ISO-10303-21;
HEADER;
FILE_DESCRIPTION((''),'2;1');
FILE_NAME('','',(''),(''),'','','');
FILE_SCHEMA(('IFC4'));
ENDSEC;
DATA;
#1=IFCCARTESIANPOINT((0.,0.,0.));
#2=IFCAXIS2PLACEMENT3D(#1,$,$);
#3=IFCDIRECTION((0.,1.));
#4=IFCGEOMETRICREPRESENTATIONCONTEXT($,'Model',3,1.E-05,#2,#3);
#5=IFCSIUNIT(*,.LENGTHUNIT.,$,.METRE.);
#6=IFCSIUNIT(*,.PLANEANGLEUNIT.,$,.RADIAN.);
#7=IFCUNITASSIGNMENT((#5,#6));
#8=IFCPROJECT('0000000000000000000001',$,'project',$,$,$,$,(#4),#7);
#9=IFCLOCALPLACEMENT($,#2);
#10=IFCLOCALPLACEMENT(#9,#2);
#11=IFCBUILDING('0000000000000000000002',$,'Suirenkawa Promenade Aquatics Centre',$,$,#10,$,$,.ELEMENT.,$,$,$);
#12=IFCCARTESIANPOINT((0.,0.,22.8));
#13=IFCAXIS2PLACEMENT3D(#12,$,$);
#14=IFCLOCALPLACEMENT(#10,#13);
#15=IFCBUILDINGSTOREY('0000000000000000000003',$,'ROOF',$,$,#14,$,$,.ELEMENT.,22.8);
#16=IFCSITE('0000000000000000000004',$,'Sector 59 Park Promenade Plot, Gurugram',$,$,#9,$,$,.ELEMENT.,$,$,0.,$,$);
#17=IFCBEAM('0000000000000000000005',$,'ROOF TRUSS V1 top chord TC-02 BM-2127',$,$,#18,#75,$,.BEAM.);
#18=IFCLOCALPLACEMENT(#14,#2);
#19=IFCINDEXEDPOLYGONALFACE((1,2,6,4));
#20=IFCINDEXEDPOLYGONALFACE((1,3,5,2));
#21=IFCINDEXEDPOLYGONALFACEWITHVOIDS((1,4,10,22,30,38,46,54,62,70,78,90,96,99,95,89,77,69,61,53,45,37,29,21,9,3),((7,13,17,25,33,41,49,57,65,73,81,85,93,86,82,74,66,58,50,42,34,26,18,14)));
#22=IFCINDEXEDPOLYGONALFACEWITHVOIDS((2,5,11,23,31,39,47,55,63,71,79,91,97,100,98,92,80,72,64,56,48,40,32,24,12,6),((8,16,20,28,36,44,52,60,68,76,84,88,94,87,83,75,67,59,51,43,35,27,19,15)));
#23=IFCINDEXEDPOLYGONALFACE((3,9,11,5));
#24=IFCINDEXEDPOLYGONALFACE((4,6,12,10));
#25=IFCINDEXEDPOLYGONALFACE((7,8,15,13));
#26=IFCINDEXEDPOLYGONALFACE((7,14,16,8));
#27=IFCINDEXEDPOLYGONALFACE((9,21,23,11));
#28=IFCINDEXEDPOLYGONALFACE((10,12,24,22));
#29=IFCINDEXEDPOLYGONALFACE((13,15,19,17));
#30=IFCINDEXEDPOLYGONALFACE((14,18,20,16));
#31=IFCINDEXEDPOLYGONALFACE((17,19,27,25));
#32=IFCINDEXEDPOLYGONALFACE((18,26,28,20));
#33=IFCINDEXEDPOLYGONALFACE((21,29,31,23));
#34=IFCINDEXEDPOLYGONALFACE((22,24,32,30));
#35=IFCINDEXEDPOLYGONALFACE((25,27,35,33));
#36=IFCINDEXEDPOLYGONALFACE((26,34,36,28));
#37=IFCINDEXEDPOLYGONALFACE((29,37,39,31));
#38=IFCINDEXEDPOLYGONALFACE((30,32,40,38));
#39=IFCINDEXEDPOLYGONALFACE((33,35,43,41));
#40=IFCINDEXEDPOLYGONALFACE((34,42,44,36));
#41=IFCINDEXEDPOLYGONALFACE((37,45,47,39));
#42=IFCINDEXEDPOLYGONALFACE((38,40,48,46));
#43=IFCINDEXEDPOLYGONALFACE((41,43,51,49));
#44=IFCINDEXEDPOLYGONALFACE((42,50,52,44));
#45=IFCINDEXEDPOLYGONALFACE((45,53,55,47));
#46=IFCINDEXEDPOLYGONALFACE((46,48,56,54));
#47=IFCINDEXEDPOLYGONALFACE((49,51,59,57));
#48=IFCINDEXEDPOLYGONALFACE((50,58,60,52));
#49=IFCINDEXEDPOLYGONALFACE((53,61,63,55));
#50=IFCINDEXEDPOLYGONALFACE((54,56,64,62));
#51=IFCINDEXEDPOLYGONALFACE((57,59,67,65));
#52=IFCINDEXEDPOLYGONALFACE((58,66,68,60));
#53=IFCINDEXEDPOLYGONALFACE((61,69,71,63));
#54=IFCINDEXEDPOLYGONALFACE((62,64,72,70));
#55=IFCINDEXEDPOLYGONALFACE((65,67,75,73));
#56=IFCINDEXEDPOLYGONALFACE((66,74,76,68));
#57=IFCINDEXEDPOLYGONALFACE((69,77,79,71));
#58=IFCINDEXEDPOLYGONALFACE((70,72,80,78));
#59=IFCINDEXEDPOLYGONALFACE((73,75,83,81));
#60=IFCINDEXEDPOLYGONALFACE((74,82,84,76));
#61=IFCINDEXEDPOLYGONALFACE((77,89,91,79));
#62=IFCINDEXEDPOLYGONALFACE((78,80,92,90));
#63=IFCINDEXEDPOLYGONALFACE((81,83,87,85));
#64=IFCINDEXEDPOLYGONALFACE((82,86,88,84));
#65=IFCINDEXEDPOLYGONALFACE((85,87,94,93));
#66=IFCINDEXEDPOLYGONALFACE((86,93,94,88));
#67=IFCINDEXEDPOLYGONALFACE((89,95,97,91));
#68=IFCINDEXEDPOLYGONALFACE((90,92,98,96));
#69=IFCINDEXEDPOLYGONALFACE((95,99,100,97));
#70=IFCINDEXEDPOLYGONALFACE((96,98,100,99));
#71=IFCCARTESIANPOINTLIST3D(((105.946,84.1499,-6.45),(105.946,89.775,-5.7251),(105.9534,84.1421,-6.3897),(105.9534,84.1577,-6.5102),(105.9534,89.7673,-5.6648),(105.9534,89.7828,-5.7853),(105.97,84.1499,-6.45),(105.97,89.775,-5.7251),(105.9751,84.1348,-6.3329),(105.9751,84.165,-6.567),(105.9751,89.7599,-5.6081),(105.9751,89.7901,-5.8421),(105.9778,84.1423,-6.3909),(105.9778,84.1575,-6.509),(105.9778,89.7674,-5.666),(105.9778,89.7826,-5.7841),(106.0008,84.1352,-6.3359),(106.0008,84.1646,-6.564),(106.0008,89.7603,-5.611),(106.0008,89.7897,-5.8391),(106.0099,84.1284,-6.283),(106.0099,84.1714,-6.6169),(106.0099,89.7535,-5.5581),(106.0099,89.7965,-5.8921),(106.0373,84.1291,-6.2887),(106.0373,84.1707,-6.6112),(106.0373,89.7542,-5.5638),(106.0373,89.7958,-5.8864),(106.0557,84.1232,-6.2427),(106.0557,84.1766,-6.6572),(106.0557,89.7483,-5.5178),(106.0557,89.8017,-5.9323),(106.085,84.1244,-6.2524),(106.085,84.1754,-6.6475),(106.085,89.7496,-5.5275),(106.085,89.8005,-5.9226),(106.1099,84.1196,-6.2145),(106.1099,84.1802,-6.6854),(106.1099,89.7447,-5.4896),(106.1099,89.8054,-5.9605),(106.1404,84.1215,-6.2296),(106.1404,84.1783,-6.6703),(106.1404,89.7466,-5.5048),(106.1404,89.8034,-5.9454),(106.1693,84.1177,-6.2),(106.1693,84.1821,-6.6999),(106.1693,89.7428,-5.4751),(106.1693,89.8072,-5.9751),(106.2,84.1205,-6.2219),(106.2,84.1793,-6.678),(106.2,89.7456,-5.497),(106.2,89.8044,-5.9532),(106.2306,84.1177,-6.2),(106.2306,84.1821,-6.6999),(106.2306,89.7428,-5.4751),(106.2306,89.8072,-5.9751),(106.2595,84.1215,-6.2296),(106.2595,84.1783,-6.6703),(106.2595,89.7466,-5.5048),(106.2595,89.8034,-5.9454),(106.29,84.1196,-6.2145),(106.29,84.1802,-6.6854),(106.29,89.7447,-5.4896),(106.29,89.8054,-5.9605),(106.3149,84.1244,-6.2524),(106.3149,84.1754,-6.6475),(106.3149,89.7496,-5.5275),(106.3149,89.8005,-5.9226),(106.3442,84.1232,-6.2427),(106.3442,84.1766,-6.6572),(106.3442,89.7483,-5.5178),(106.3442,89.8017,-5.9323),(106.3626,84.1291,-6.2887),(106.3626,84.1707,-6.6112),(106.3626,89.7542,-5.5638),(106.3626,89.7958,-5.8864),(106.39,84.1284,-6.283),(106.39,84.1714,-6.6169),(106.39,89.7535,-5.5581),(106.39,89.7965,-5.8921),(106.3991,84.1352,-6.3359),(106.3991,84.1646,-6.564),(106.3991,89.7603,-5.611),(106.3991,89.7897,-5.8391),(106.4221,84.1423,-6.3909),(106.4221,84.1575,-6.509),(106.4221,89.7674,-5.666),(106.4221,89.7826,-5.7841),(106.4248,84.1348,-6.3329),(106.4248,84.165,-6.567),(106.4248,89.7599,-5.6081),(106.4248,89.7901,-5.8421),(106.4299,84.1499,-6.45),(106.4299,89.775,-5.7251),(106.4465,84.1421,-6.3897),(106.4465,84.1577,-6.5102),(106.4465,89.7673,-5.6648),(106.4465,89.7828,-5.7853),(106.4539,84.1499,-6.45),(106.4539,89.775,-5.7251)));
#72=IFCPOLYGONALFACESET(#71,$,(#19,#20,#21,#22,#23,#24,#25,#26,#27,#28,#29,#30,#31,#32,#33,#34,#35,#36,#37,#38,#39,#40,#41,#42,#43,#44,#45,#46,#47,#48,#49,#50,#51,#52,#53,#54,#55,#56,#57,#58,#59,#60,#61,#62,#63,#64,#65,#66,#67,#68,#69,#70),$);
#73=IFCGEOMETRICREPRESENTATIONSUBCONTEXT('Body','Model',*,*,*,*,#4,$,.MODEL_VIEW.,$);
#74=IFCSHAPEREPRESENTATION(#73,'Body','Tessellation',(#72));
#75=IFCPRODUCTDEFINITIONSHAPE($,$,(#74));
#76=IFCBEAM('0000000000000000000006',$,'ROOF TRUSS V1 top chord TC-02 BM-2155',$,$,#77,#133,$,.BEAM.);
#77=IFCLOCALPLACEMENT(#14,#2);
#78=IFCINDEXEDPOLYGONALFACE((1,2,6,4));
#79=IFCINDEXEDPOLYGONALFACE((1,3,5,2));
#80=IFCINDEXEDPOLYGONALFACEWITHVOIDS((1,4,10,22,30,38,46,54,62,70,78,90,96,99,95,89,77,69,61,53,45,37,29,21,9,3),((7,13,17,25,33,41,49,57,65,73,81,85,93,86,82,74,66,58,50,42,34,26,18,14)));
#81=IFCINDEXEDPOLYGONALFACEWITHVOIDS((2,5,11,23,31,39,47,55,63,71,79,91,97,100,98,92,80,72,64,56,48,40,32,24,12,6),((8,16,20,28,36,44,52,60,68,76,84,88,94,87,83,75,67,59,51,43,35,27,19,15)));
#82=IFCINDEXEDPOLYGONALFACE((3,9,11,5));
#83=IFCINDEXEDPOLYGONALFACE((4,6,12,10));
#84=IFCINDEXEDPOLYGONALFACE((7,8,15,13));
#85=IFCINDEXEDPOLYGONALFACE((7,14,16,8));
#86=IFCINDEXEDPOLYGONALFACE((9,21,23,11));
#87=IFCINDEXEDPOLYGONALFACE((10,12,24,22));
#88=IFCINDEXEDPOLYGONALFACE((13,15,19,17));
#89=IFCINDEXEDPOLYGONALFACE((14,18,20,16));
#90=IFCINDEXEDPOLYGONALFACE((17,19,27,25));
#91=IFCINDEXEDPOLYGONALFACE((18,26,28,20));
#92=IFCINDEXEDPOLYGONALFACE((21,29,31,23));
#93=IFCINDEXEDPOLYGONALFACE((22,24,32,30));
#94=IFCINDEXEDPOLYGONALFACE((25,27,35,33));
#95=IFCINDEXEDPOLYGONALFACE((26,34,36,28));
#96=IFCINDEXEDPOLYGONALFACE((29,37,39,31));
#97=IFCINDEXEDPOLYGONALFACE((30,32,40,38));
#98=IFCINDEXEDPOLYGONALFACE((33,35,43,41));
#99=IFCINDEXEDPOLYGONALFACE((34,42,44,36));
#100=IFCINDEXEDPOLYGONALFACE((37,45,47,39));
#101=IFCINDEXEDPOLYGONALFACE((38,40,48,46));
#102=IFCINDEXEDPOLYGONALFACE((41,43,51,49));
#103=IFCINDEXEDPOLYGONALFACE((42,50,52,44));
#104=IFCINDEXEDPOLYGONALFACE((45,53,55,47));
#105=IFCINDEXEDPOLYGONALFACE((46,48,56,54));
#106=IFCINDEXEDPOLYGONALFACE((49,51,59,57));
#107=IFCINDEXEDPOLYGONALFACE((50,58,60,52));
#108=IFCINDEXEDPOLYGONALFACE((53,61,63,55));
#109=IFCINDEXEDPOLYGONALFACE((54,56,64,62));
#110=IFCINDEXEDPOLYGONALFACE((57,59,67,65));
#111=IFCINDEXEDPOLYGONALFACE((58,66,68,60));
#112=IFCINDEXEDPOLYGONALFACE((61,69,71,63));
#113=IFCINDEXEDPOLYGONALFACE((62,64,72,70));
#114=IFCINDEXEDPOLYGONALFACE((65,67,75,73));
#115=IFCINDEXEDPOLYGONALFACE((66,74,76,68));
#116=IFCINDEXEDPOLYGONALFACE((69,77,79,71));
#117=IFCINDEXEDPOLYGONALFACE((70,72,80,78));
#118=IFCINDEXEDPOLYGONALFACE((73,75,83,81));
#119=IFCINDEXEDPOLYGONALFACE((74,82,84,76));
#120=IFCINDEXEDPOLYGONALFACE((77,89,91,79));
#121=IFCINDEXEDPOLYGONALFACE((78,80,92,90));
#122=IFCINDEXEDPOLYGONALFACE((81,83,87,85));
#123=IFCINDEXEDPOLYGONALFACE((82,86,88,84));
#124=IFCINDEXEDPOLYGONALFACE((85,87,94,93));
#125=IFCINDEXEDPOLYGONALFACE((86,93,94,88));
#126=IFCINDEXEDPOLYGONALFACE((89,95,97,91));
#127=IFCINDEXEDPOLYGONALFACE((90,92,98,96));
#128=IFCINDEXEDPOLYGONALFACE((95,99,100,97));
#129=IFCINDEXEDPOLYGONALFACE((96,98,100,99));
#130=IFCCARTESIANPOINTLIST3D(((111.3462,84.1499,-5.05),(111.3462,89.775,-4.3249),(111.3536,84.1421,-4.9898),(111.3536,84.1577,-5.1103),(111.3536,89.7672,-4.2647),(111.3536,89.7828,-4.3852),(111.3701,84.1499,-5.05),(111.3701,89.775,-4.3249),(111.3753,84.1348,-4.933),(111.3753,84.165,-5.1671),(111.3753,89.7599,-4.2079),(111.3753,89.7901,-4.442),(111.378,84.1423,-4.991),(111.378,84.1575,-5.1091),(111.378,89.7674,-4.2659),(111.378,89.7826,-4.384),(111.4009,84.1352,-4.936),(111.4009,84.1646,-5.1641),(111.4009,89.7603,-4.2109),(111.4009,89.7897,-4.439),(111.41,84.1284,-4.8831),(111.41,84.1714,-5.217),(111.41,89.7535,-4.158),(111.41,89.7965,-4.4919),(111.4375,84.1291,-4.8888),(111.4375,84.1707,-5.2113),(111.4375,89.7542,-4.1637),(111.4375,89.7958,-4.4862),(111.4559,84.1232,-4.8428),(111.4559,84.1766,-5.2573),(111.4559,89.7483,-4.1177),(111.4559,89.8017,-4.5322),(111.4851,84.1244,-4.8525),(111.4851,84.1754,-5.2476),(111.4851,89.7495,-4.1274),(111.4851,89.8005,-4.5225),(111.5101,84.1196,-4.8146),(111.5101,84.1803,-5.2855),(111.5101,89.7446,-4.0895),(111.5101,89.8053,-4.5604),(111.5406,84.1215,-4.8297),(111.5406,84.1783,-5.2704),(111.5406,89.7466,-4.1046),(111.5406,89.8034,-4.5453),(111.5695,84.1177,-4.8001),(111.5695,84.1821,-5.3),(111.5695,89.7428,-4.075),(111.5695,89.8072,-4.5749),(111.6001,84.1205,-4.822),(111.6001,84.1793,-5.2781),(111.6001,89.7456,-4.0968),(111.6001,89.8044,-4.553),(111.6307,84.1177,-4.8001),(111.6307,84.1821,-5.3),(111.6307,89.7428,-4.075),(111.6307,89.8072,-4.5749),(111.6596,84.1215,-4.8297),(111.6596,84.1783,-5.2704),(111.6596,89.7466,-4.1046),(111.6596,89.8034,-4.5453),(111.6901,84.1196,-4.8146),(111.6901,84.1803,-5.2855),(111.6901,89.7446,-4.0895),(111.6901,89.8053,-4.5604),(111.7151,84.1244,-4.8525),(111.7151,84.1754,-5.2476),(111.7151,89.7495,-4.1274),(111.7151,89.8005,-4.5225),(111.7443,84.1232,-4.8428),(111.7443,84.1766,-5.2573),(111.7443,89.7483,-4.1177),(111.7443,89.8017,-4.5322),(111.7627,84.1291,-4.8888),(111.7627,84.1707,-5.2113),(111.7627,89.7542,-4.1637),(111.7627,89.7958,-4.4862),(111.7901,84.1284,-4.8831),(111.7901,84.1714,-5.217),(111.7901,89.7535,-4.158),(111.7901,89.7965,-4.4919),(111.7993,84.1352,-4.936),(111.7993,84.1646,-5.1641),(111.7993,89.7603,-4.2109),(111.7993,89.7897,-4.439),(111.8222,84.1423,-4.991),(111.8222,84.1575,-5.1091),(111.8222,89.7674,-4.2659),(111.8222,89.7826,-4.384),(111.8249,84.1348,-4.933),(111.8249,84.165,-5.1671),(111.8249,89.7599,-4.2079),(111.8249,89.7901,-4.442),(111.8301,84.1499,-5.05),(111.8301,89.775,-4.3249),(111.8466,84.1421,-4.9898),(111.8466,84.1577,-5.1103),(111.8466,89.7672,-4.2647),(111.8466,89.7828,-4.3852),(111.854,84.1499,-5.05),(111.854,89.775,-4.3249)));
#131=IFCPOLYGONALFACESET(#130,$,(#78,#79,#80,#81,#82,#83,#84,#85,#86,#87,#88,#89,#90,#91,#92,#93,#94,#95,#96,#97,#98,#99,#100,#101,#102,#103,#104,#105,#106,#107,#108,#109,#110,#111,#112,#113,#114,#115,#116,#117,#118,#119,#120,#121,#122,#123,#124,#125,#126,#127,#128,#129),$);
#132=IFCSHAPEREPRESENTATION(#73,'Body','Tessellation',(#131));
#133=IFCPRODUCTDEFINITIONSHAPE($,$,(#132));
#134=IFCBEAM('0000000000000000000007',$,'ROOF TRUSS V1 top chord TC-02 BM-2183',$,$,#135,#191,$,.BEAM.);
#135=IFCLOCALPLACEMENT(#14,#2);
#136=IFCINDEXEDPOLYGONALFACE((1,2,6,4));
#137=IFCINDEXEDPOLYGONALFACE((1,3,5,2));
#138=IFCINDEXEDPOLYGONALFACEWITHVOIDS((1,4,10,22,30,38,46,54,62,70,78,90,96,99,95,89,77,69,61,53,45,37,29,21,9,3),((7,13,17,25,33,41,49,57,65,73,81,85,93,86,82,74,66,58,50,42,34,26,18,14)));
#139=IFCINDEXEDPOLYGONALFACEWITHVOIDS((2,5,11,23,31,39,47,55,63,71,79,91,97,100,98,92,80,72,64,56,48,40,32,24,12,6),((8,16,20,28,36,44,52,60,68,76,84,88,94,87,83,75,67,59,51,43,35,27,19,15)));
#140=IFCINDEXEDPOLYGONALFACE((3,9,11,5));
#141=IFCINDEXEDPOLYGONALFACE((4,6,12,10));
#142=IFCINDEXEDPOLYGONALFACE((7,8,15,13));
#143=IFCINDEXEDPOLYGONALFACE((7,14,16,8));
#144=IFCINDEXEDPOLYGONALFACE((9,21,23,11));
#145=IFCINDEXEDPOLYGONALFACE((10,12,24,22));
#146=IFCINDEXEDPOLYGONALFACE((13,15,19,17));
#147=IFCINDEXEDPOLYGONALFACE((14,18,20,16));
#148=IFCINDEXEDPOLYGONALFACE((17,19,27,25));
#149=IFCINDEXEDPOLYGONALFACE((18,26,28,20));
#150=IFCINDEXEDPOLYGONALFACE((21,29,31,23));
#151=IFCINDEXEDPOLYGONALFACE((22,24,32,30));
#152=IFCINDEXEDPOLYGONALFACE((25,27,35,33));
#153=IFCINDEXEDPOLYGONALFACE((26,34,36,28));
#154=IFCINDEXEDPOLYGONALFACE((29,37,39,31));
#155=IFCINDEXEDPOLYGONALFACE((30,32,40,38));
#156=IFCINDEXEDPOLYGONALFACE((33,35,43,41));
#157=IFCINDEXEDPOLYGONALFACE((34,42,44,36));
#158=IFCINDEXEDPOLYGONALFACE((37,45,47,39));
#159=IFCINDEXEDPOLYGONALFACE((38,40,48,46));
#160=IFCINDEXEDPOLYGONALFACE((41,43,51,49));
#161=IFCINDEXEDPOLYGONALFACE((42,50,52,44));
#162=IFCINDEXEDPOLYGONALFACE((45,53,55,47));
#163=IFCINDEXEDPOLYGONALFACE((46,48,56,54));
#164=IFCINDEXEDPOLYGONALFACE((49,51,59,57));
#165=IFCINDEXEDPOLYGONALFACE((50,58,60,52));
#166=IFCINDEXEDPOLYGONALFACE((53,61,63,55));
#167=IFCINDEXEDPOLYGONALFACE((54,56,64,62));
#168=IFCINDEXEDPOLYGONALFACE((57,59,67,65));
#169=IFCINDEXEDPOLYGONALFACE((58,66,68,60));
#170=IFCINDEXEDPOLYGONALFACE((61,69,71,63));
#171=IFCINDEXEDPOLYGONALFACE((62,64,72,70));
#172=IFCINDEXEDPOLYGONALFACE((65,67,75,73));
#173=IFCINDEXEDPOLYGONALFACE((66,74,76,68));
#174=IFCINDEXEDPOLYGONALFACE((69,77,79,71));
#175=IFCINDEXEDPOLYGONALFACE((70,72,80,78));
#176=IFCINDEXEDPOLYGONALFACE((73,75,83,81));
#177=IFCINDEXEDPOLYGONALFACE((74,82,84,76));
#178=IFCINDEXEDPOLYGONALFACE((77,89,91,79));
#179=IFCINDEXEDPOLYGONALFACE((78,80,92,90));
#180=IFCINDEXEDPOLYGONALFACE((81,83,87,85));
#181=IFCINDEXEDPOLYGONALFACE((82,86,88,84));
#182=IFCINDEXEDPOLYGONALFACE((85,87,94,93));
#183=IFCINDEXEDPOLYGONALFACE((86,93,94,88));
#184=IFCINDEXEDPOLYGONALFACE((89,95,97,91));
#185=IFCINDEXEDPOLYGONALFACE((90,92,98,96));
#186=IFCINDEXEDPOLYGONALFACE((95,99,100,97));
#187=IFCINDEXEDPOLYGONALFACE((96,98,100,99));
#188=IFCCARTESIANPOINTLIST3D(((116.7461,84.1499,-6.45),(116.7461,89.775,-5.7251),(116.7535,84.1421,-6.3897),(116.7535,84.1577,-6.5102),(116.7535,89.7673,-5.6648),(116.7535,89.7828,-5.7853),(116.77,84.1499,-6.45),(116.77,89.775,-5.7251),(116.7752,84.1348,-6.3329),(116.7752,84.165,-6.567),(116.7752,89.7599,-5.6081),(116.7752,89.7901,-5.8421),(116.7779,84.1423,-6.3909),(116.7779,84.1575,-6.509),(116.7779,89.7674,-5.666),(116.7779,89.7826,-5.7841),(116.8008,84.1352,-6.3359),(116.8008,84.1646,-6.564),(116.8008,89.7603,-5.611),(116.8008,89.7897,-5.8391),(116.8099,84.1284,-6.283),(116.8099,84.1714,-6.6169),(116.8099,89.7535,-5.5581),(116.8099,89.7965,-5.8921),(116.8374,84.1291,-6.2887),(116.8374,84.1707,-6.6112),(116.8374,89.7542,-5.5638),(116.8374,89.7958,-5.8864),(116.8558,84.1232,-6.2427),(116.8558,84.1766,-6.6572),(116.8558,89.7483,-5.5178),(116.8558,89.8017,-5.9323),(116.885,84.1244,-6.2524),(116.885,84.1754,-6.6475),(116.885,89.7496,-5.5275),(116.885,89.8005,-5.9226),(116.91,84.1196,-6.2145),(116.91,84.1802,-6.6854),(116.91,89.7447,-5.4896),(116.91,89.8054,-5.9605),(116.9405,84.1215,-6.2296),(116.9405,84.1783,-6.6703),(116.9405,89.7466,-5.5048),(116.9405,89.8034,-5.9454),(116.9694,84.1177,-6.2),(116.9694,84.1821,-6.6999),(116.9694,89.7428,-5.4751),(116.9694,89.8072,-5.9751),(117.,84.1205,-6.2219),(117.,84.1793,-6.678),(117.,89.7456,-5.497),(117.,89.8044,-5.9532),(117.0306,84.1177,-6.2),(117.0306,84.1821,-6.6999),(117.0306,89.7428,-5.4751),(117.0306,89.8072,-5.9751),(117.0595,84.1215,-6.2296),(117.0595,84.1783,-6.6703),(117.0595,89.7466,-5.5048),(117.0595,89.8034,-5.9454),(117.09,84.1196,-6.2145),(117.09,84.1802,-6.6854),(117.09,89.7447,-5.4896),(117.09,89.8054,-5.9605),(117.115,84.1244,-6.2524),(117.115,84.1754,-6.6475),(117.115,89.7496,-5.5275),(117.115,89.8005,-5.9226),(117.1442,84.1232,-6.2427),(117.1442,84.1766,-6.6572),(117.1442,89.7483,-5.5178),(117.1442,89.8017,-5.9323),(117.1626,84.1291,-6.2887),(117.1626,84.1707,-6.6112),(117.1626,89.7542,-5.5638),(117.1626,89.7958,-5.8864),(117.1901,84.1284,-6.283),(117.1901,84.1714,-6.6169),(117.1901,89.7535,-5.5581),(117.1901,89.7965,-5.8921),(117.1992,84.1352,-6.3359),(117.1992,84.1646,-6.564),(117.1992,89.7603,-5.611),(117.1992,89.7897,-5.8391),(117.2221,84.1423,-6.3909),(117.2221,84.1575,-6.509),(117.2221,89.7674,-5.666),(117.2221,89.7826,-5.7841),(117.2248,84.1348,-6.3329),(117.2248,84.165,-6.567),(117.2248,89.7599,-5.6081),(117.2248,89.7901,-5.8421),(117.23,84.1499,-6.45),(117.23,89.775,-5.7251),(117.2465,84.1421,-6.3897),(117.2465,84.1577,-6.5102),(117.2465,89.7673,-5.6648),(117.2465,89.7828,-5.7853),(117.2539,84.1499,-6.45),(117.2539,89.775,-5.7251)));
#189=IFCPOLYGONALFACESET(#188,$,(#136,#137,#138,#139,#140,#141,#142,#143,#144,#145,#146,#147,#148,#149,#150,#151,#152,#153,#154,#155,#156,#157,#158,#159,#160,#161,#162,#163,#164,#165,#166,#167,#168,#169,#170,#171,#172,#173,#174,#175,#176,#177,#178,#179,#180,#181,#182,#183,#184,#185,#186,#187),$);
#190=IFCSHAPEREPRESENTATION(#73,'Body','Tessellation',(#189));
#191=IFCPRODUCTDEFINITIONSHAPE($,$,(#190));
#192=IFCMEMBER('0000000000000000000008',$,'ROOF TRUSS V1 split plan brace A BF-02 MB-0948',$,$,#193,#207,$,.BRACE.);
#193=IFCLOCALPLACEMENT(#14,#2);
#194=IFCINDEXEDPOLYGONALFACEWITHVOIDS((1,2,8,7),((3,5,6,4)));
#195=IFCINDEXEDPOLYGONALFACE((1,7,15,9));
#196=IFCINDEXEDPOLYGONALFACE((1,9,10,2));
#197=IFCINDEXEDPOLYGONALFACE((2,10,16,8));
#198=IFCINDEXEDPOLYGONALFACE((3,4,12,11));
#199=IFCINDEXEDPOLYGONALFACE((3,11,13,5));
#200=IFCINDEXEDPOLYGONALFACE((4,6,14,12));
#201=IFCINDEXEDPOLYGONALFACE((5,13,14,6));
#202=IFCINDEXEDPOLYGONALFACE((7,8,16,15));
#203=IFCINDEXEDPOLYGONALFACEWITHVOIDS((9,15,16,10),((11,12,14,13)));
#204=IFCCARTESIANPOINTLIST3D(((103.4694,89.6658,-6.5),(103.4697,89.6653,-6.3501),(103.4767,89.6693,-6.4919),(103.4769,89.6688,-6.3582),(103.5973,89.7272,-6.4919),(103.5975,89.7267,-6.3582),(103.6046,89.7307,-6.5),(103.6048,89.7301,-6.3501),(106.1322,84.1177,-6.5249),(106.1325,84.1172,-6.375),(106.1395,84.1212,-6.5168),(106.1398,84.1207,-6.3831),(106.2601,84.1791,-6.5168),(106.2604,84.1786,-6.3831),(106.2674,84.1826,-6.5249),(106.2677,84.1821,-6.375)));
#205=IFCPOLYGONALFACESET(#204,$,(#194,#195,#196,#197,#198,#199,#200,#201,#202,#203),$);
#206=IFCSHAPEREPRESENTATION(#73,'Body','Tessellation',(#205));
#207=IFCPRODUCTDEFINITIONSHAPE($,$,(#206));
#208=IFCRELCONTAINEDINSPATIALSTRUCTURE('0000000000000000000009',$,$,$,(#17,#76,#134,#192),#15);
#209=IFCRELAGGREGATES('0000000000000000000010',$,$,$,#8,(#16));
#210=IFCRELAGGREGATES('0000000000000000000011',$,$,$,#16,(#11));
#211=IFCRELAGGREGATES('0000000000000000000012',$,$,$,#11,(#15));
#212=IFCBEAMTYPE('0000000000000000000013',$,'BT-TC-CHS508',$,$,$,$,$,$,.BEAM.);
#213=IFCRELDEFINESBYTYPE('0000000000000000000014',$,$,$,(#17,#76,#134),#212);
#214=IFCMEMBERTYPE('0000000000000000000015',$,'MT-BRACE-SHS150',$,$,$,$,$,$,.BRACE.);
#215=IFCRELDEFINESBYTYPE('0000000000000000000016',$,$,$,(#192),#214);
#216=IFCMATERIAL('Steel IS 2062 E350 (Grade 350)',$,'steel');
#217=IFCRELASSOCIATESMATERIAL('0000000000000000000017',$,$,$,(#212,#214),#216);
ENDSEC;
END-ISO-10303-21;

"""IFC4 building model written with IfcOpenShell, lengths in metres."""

from ifc_helpers import new_model, si_unit, direction, frame, origin, origin_2d, place, context, subcontext, project, spatial, hollow_rectangle, hollow_circle, extrude, material, material_profile, profile_set, type_object, element, save


model = new_model("IFC4")

# Units and contexts
model_context = context("Model", 3, precision=1e-05, world=origin(), true_north=direction((0.0, 1.0)))
body_context = subcontext(model_context, "Body", "Model", "MODEL_VIEW")
ifc_project = project(units=[si_unit("LENGTHUNIT", "METRE"), si_unit("PLANEANGLEUNIT", "RADIAN")], contexts=[model_context])

# Site, building, storey
site_placement = place(None, origin())
site = spatial("IfcSite", under=ifc_project, at=site_placement, Name="Sector 59 Park Promenade Plot, Gurugram", CompositionType="ELEMENT", RefElevation=0.0)
building_placement = place(site_placement, origin())
building = spatial("IfcBuilding", under=site, at=building_placement, Name="Suirenkawa Promenade Aquatics Centre", CompositionType="ELEMENT")
storey_placement = place(building_placement, frame((0.0, 0.0, 22.8)))
storey = spatial("IfcBuildingStorey", under=building, at=storey_placement, Name="ROOF", CompositionType="ELEMENT", Elevation=22.8)

# Beams
ifc_material = material(Name="Steel IS 2062 E350 (Grade 350)", Category="steel")
ifc_material_profile_1 = material_profile(ifc_material, hollow_circle(Radius=0.2539, WallThickness=0.0239, at=origin_2d()), Name="CHS 508x24", Category="steel")
ifc_profile_set_1 = profile_set([ifc_material_profile_1], Name="Steel IS 2062 E350 (Grade 350)")
beam_type_1 = type_object("IfcBeamType", Name="BT-TC-CHS508", PredefinedType="BEAM", material=ifc_profile_set_1)
for number, where, z_axis, x_axis, name in (
    (1, (106.2, 84.1499, -6.45), (0.0, 0.991799, 0.127806), (-1.0, 0.0, 0.0), "ROOF TRUSS V1 top chord TC-02 BM-2127"),
    (2, (111.6001, 84.1499, -5.05), (0.0, 0.991794, 0.127848), (-1.0, 0.0, 0.0), "ROOF TRUSS V1 top chord TC-02 BM-2155"),
    (3, (117.0, 84.1499, -6.45), (0.0, 0.991799, 0.127806), (-1.0, 0.0, 0.0), "ROOF TRUSS V1 top chord TC-02 BM-2183"),
):
    element("IfcBeam", number, at=place(storey_placement, frame(where, z_axis=z_axis, x_axis=x_axis)), inside=storey, type_object=beam_type_1, Name=name, PredefinedType="BEAM", context=body_context, shape_type="SweptSolid", body=[
        extrude(hollow_circle(Radius=0.2539, WallThickness=0.0239, at=origin_2d()), origin(), (0.0, 0.0, 1.0), 5.6716),
    ])

# Member
ifc_material_profile_2 = material_profile(ifc_material, hollow_rectangle(XDim=0.1499, YDim=0.1499, WallThickness=0.0081, at=origin_2d()), Name="SHS 150x150x8", Category="steel")
ifc_profile_set_2 = profile_set([ifc_material_profile_2], Name="Steel IS 2062 E350 (Grade 350)")
member_type_1 = type_object("IfcMemberType", Name="MT-BRACE-SHS150", PredefinedType="BRACE", material=ifc_profile_set_2)
member_1_placement = place(storey_placement, frame((106.2, 84.1499, -6.45), z_axis=(-0.432695, 0.901531, 0.004046), x_axis=(-0.901539, -0.432699, 0.0)))
element("IfcMember", 4, at=member_1_placement, inside=storey, type_object=member_type_1, Name="ROOF TRUSS V1 split plan brace A BF-02 MB-0948", PredefinedType="BRACE", context=body_context, shape_type="SweptSolid", body=[
    extrude(hollow_rectangle(XDim=0.1499, YDim=0.1499, WallThickness=0.0081, at=origin_2d()), origin(), (0.0, 0.0, 1.0), 6.1541),
])

save(model, "model.ifc")
